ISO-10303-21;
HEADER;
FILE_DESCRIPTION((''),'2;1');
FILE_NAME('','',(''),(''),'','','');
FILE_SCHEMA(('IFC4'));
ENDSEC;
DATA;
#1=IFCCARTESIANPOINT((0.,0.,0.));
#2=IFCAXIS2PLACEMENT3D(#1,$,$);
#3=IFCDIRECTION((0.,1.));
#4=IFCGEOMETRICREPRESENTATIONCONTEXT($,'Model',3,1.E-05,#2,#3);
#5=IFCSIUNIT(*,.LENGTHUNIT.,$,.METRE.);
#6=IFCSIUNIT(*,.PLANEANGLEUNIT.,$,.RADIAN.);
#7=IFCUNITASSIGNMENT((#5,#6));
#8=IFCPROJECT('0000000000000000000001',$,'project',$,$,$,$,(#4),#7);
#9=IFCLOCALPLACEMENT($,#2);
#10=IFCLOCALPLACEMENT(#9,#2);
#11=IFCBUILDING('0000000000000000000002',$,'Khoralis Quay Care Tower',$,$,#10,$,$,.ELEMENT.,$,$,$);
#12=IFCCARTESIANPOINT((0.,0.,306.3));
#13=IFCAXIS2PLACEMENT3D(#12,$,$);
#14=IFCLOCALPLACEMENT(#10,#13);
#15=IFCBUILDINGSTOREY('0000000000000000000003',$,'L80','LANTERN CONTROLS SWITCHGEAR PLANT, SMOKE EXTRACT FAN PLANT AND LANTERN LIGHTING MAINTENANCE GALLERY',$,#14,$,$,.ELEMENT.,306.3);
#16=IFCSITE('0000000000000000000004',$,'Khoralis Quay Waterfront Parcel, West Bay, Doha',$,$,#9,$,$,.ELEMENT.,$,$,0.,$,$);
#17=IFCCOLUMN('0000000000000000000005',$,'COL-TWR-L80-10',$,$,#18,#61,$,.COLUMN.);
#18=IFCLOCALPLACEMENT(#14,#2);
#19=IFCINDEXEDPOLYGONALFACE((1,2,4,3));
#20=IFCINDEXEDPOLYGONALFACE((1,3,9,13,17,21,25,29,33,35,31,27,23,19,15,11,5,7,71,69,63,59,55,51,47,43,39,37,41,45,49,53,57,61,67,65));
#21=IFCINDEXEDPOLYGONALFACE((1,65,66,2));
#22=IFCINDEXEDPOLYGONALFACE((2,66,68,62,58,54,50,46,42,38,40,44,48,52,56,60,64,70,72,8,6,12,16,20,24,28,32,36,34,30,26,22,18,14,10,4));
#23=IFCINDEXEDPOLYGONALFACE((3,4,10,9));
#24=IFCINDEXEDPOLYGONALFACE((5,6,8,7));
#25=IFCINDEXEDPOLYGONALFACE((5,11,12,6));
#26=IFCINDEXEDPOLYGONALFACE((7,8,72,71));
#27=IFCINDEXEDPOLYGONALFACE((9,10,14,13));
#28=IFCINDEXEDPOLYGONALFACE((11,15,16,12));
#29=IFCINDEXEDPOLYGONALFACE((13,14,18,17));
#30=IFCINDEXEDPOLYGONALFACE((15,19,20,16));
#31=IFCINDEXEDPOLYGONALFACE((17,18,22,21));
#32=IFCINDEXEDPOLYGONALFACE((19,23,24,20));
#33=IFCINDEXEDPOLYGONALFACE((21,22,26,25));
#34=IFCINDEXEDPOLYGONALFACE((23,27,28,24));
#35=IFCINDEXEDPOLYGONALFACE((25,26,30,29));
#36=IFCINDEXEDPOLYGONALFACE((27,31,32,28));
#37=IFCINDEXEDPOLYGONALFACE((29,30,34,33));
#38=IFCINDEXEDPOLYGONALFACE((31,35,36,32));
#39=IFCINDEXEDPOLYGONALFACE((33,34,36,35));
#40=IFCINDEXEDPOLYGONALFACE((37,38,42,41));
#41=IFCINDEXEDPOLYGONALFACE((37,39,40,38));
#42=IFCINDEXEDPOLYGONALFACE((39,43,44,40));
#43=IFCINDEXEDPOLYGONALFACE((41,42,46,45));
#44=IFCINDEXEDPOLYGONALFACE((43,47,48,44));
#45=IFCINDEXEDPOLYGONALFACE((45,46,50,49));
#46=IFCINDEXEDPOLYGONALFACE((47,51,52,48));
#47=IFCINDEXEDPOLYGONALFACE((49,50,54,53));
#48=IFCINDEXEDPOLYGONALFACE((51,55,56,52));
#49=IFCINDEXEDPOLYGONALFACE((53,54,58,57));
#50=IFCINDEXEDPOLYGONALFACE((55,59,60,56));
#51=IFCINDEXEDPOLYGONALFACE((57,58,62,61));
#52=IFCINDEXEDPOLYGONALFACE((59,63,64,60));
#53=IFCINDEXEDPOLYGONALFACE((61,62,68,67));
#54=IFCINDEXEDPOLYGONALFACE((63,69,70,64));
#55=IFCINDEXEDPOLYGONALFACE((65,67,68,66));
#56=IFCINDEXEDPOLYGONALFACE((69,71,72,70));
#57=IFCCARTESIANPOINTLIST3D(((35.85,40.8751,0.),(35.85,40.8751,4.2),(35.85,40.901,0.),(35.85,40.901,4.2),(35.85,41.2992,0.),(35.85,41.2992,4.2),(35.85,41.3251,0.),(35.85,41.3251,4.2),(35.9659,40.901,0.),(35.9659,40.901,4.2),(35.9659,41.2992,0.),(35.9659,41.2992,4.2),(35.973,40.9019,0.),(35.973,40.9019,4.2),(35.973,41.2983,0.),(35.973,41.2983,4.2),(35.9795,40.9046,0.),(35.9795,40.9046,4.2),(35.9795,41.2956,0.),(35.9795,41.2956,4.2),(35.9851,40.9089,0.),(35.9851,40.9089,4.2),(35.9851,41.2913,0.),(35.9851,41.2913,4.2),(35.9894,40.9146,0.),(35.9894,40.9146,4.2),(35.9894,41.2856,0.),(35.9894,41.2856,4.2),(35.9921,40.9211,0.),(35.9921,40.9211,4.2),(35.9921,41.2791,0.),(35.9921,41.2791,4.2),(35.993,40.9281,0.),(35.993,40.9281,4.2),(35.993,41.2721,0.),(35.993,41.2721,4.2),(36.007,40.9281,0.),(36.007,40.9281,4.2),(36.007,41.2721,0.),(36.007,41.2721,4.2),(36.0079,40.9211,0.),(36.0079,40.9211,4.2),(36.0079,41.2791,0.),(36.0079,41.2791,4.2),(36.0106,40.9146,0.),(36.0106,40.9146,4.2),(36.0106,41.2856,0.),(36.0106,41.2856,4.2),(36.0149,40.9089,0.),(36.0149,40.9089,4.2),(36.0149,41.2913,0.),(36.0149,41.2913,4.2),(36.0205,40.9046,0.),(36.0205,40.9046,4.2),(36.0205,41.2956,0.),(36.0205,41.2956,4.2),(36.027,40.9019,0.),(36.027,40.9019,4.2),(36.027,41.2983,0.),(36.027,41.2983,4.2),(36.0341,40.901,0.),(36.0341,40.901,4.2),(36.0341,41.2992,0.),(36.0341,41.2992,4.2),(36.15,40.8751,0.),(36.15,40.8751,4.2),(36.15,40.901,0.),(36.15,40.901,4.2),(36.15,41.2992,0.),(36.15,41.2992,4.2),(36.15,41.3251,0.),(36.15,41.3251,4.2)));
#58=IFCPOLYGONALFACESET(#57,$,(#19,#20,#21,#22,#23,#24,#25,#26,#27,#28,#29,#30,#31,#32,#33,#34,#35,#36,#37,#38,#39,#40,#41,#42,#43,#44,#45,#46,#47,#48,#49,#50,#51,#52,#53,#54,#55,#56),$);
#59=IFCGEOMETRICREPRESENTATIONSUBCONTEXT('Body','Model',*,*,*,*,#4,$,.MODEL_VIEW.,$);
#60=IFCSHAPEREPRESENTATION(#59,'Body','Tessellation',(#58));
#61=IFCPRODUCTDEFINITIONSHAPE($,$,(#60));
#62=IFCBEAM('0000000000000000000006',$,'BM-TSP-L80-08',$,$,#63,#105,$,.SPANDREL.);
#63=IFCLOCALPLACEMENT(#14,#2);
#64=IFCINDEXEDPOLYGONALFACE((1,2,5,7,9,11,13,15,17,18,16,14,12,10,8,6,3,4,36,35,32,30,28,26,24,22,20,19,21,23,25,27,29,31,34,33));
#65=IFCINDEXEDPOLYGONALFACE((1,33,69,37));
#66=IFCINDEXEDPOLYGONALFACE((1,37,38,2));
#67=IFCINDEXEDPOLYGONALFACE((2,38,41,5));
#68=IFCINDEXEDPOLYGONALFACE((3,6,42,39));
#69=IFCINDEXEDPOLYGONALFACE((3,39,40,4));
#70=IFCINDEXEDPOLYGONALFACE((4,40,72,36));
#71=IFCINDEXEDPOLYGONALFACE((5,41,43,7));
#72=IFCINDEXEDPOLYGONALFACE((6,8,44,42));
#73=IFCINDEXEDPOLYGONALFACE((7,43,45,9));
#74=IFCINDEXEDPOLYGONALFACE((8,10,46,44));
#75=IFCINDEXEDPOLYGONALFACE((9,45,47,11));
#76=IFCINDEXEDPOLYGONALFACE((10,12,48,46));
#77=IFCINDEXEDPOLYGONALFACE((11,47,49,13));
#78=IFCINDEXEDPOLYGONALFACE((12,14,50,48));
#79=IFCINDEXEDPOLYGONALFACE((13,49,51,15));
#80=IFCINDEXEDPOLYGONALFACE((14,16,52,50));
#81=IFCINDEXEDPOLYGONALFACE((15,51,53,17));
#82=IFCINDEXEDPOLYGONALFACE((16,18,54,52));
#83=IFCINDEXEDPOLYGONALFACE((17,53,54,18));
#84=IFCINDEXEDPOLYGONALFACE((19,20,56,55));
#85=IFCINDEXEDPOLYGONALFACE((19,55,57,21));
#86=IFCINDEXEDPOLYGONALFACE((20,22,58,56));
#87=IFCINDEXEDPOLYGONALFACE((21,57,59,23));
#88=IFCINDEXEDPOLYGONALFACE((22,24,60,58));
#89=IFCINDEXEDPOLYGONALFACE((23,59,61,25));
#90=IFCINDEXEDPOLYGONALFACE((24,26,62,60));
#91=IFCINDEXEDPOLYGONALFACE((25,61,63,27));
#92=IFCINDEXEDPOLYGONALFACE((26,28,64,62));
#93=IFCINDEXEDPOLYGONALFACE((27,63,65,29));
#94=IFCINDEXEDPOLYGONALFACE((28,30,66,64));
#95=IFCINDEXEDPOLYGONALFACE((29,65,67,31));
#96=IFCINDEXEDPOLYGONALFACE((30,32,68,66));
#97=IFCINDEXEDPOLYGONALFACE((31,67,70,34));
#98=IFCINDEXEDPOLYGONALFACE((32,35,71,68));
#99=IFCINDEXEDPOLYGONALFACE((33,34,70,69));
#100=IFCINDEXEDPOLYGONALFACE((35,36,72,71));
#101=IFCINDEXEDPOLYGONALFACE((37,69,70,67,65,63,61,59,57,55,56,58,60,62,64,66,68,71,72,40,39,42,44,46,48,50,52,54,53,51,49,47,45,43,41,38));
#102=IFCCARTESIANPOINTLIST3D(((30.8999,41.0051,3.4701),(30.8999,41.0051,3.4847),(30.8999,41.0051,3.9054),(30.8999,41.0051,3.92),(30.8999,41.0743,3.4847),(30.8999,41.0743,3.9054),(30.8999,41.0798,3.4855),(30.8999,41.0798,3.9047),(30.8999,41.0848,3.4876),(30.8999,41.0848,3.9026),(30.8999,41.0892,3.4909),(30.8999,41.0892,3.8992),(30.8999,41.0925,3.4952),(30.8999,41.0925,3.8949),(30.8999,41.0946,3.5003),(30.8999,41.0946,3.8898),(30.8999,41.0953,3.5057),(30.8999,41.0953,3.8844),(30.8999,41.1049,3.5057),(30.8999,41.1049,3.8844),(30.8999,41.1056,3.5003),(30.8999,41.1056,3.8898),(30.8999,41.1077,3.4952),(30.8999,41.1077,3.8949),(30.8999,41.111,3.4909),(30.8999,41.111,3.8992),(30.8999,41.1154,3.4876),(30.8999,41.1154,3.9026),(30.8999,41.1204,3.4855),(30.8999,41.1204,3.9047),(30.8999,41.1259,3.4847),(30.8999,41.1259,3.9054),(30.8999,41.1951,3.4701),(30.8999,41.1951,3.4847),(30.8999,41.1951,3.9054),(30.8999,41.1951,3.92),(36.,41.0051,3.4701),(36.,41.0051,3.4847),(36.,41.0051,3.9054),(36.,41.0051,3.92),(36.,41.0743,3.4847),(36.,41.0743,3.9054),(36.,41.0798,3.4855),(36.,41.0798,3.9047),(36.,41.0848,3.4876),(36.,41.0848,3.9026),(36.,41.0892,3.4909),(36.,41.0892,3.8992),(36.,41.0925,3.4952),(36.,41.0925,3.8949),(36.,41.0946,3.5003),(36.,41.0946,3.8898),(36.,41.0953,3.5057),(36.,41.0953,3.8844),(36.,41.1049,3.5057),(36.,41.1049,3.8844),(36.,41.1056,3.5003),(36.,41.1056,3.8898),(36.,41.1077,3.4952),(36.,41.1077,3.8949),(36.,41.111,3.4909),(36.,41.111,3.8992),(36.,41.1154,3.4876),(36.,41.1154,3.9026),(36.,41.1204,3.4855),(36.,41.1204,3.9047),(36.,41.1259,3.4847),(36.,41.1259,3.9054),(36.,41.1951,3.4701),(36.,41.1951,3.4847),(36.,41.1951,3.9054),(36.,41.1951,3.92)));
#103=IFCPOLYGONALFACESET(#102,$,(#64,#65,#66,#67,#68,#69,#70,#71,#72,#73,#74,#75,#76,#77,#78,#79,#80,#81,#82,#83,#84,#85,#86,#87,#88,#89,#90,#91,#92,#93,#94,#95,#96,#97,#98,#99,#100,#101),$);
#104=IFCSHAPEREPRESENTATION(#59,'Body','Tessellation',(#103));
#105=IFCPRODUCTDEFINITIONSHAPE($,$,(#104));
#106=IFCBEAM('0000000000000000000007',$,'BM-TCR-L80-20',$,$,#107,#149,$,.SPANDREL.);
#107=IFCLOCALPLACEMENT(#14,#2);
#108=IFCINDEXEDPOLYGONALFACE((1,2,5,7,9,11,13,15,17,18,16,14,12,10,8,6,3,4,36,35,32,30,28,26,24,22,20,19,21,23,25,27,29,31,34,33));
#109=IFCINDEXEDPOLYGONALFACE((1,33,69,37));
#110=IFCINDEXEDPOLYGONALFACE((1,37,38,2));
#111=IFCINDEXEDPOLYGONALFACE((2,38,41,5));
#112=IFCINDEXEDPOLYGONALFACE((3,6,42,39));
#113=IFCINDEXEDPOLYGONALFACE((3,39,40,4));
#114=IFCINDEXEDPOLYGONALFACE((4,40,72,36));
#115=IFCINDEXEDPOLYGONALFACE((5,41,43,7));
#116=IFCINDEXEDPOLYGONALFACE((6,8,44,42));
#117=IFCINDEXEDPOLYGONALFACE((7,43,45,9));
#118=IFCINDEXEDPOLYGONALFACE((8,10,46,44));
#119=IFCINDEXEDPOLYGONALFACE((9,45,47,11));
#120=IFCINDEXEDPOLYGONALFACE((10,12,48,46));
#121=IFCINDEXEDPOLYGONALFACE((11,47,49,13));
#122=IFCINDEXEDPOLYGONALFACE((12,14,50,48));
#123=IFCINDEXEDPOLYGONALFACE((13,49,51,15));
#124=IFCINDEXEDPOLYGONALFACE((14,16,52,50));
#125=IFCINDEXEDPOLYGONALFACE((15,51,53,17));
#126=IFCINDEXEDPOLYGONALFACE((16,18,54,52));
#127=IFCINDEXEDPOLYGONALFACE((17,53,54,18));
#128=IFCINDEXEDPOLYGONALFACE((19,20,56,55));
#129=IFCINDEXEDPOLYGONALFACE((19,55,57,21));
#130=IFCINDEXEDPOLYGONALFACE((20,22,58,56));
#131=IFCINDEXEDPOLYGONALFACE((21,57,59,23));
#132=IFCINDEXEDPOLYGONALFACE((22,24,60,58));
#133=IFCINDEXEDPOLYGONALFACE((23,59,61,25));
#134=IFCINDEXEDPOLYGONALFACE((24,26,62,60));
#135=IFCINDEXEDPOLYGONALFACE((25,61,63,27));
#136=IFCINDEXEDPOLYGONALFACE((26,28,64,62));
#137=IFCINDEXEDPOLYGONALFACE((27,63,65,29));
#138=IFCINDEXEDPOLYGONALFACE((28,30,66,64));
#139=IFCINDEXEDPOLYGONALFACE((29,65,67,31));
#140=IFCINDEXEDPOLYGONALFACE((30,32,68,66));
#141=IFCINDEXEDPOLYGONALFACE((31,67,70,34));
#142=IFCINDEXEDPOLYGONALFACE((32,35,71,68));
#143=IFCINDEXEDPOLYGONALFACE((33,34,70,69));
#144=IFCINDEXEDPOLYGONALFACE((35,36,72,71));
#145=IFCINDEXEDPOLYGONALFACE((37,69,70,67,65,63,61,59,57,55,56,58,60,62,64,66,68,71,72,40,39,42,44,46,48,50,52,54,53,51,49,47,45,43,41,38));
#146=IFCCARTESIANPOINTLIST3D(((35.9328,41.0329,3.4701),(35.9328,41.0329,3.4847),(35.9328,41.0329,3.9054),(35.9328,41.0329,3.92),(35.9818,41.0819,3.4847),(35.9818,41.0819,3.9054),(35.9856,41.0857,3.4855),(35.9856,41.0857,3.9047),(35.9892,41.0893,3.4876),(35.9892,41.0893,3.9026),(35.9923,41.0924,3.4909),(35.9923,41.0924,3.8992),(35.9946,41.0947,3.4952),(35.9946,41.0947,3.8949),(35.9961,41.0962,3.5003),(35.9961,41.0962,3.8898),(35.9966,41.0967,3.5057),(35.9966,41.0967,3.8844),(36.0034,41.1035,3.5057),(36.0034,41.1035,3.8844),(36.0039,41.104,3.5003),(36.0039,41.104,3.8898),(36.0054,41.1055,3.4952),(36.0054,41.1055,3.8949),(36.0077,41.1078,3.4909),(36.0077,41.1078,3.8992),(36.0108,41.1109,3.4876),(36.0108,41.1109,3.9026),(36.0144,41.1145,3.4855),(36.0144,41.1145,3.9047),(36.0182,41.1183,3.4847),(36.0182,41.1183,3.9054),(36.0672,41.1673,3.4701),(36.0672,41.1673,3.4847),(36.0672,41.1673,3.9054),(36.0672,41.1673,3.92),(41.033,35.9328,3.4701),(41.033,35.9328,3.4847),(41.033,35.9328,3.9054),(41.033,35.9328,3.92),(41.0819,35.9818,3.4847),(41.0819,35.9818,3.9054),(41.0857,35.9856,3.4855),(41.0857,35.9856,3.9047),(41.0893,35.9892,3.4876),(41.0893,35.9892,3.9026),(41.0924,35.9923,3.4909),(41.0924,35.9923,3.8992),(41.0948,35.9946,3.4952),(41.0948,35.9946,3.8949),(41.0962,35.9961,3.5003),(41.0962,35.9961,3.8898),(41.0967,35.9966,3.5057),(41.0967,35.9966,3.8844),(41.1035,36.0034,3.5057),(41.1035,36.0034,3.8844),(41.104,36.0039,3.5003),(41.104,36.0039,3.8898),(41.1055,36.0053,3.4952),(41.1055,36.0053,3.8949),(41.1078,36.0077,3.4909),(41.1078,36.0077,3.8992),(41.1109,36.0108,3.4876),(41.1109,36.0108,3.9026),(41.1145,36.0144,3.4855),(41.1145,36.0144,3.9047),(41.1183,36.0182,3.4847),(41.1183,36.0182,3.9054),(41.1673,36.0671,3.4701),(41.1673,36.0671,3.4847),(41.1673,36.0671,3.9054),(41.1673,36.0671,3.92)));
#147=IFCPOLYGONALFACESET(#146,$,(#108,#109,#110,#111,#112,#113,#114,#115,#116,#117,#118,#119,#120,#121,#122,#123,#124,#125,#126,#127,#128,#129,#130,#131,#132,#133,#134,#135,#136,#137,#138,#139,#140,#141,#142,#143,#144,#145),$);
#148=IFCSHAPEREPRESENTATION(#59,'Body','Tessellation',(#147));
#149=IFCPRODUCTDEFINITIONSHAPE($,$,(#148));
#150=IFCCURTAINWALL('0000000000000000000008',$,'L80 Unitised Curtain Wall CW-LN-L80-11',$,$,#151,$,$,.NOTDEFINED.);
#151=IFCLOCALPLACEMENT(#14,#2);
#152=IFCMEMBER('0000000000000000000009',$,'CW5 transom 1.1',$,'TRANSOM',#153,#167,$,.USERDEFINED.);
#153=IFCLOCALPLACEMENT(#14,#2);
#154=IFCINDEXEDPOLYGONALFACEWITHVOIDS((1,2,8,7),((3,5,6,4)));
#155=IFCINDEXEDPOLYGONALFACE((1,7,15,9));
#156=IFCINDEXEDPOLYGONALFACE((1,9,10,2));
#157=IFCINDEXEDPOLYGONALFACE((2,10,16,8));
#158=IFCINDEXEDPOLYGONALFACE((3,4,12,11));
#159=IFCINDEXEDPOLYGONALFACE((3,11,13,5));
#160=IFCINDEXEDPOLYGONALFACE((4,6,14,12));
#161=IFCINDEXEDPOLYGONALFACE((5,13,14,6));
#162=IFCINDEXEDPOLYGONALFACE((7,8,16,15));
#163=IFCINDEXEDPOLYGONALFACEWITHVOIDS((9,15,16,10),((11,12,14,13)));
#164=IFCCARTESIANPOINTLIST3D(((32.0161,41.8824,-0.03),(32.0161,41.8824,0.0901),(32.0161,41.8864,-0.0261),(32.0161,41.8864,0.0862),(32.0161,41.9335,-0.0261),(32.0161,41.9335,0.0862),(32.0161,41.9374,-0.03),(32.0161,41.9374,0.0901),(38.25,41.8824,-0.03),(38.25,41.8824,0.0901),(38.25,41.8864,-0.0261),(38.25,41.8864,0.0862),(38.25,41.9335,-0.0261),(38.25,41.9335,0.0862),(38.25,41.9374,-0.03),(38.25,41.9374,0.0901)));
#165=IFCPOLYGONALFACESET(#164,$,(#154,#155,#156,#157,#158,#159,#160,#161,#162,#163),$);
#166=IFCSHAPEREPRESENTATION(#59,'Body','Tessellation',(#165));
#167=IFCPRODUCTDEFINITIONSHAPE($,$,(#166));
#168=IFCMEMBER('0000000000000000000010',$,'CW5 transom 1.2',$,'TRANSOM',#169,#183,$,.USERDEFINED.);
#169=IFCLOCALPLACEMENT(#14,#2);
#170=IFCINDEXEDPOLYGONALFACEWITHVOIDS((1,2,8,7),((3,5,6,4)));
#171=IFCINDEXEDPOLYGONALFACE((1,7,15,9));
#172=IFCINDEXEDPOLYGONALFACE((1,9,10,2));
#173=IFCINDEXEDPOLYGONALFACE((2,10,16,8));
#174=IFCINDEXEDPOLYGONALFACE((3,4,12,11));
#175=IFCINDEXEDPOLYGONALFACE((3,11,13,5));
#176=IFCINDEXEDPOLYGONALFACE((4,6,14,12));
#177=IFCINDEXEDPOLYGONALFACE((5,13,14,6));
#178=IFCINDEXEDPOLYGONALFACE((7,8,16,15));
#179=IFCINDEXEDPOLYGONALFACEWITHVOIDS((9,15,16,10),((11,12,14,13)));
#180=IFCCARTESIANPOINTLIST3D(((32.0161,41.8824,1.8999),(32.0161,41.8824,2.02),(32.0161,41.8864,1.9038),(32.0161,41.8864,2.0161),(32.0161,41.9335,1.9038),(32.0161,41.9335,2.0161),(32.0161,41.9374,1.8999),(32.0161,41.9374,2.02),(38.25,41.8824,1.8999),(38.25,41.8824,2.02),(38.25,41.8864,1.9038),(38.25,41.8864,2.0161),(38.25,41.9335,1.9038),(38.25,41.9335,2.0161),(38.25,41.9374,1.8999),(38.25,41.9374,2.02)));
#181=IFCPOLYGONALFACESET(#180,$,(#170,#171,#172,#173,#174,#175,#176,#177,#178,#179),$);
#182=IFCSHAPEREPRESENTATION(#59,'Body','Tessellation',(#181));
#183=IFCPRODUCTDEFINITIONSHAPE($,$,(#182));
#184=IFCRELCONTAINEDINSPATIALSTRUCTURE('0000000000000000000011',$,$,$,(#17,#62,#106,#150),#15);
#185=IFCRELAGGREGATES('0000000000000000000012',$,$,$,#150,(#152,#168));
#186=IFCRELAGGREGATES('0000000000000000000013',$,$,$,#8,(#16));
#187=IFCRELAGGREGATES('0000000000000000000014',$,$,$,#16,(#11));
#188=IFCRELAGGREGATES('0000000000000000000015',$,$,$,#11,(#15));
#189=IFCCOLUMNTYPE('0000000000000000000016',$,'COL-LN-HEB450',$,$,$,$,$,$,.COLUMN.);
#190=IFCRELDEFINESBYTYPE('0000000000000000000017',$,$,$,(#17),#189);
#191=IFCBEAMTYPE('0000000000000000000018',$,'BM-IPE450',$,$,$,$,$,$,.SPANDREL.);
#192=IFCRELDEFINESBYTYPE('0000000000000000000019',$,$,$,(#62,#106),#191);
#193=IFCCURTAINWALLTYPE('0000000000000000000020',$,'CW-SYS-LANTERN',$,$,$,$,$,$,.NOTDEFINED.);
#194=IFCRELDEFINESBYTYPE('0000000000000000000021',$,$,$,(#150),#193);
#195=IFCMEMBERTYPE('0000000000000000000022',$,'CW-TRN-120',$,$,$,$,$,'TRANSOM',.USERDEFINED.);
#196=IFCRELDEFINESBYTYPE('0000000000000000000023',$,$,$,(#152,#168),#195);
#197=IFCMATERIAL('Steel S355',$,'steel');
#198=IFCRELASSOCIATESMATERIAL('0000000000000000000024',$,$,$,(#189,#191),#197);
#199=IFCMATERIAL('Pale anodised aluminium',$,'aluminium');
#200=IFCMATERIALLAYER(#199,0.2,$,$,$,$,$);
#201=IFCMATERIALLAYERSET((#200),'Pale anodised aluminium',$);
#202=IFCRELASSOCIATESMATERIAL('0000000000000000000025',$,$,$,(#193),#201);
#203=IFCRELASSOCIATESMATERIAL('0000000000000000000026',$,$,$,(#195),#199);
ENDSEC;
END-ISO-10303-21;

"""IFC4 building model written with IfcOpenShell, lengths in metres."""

from ifc_helpers import new_model, si_unit, direction, frame, origin, origin_2d, place, context, subcontext, project, spatial, hollow_rectangle, i_section, extrude, source, transform, mapped, material, layer, layer_set, material_profile, profile_set, type_object, element, aggregate, save


model = new_model("IFC4")

# Units and contexts
model_context = context("Model", 3, precision=1e-05, world=origin(), true_north=direction((0.0, 1.0)))
body_context = subcontext(model_context, "Body", "Model", "MODEL_VIEW")
ifc_project = project(units=[si_unit("LENGTHUNIT", "METRE"), si_unit("PLANEANGLEUNIT", "RADIAN")], contexts=[model_context])

# Site, building, storey
site_placement = place(None, origin())
site = spatial("IfcSite", under=ifc_project, at=site_placement, Name="Khoralis Quay Waterfront Parcel, West Bay, Doha", CompositionType="ELEMENT", RefElevation=0.0)
building_placement = place(site_placement, origin())
building = spatial("IfcBuilding", under=site, at=building_placement, Name="Khoralis Quay Care Tower", CompositionType="ELEMENT")
storey_placement = place(building_placement, frame((0.0, 0.0, 306.3)))
storey = spatial("IfcBuildingStorey", under=building, at=storey_placement, Name="L80", Description="LANTERN CONTROLS SWITCHGEAR PLANT, SMOKE EXTRACT FAN PLANT AND LANTERN LIGHTING MAINTENANCE GALLERY", CompositionType="ELEMENT", Elevation=306.3)

# Column
ifc_material_1 = material(Name="Steel S355", Category="steel")
ifc_material_profile_1 = material_profile(ifc_material_1, i_section(OverallWidth=0.3, OverallDepth=0.45, WebThickness=0.0139, FlangeThickness=0.0259, FilletRadius=0.0271, at=origin_2d()), Name="Steel S355")
ifc_profile_set_1 = profile_set([ifc_material_profile_1], Name="Steel S355")
column_type = type_object("IfcColumnType", Name="COL-LN-HEB450", PredefinedType="COLUMN", material=ifc_profile_set_1)
shared_shape_1 = source(origin(), body_context, "Body", "SweptSolid", [
    extrude(i_section(OverallWidth=0.3, OverallDepth=0.45, WebThickness=0.0139, FlangeThickness=0.0259, FilletRadius=0.0271, at=origin_2d()), origin(), (0.0, 0.0, 1.0), 4.2),
])
column_placement = place(storey_placement, frame((36.0, 41.1001, 0.0), z_axis=(0.0, 0.0, 1.0), x_axis=(1.0, 0.0, 0.0)))
element("IfcColumn", 1, at=column_placement, inside=storey, type_object=column_type, Name="COL-TWR-L80-10", PredefinedType="COLUMN", context=body_context, shape_type="MappedRepresentation", body=[
    mapped(shared_shape_1, transform((0.0, 0.0, 0.0), scale=1.0)),
])

# Beams
ifc_material_profile_2 = material_profile(ifc_material_1, i_section(OverallWidth=0.1899, OverallDepth=0.45, WebThickness=0.0095, FlangeThickness=0.0146, FilletRadius=0.021, at=origin_2d()), Name="Steel S355")
ifc_profile_set_2 = profile_set([ifc_material_profile_2], Name="Steel S355")
beam_type = type_object("IfcBeamType", Name="BM-IPE450", PredefinedType="SPANDREL", material=ifc_profile_set_2)
shared_shape_2 = source(origin(), body_context, "Body", "SweptSolid", [
    extrude(i_section(OverallWidth=0.1899, OverallDepth=0.45, WebThickness=0.0095, FlangeThickness=0.0146, FilletRadius=0.021, at=origin_2d()), origin(), (0.0, 0.0, 1.0), 5.1001),
])
beam_1_placement = place(storey_placement, frame((30.8999, 41.1001, 3.6951), z_axis=(1.0, 0.0, 0.0), x_axis=(0.0, 1.0, 0.0)))
element("IfcBeam", 2, at=beam_1_placement, inside=storey, type_object=beam_type, Name="BM-TSP-L80-08", PredefinedType="SPANDREL", context=body_context, shape_type="MappedRepresentation", body=[
    mapped(shared_shape_2, transform((0.0, 0.0, 0.0), scale=1.0)),
])
shared_shape_3 = source(origin(), body_context, "Body", "SweptSolid", [
    extrude(i_section(OverallWidth=0.1899, OverallDepth=0.45, WebThickness=0.0095, FlangeThickness=0.0146, FilletRadius=0.021, at=origin_2d()), origin(), (0.0, 0.0, 1.0), 7.2126),
])
beam_2_placement = place(storey_placement, frame((36.0, 41.1001, 3.6951), z_axis=(0.707107, -0.707107, 0.0), x_axis=(0.707107, 0.707107, 0.0)))
element("IfcBeam", 3, at=beam_2_placement, inside=storey, type_object=beam_type, Name="BM-TCR-L80-20", PredefinedType="SPANDREL", context=body_context, shape_type="MappedRepresentation", body=[
    mapped(shared_shape_3, transform((0.0, 0.0, 0.0), scale=1.0)),
])

# Curtain wall, members
ifc_material_2 = material(Name="Pale anodised aluminium", Category="aluminium")
ifc_layer_1 = layer(ifc_material_2, 0.2)
ifc_layer_set_1 = layer_set([ifc_layer_1], Name="Pale anodised aluminium")
curtain_wall_type = type_object("IfcCurtainWallType", Name="CW-SYS-LANTERN", PredefinedType="NOTDEFINED", material=ifc_layer_set_1)
curtain_wall_placement = place(storey_placement, origin())
curtain_wall = element("IfcCurtainWall", 4, at=curtain_wall_placement, inside=storey, type_object=curtain_wall_type, Name="L80 Unitised Curtain Wall CW-LN-L80-11", PredefinedType="NOTDEFINED")
ifc_material_profile_3 = material_profile(ifc_material_2, hollow_rectangle(XDim=0.0549, YDim=0.1201, WallThickness=0.0039, at=origin_2d()), Name="Pale anodised aluminium")
ifc_profile_set_3 = profile_set([ifc_material_profile_3], Name="Pale anodised aluminium")
member_type_1 = type_object("IfcMemberType", Name="CW-TRN-120", ElementType="TRANSOM", PredefinedType="USERDEFINED", material=ifc_profile_set_3)
shared_shape_4 = source(origin(), body_context, "Body", "SweptSolid", [
    extrude(hollow_rectangle(XDim=0.0549, YDim=0.1201, WallThickness=0.0039, at=origin_2d()), origin(), (0.0, 0.0, 1.0), 6.2339),
])
member_1_placement = place(storey_placement, frame((38.25, 41.9099, 0.03), z_axis=(-1.0, 0.0, 0.0), x_axis=(0.0, -1.0, 0.0)))
member_1 = element("IfcMember", 5, at=member_1_placement, type_object=member_type_1, Name="CW5 transom 1.1", ObjectType="TRANSOM", PredefinedType="USERDEFINED", context=body_context, shape_type="MappedRepresentation", body=[
    mapped(shared_shape_4, transform((0.0, 0.0, 0.0), scale=1.0)),
])
member_2_placement = place(storey_placement, frame((38.25, 41.9099, 1.96), z_axis=(-1.0, 0.0, 0.0), x_axis=(0.0, -1.0, 0.0)))
member_2 = element("IfcMember", 6, at=member_2_placement, type_object=member_type_1, Name="CW5 transom 1.2", ObjectType="TRANSOM", PredefinedType="USERDEFINED", context=body_context, shape_type="MappedRepresentation", body=[
    mapped(shared_shape_4, transform((0.0, 0.0, 0.0), scale=1.0)),
])
aggregate(curtain_wall, [member_1, member_2])

save(model, "model.ifc")
